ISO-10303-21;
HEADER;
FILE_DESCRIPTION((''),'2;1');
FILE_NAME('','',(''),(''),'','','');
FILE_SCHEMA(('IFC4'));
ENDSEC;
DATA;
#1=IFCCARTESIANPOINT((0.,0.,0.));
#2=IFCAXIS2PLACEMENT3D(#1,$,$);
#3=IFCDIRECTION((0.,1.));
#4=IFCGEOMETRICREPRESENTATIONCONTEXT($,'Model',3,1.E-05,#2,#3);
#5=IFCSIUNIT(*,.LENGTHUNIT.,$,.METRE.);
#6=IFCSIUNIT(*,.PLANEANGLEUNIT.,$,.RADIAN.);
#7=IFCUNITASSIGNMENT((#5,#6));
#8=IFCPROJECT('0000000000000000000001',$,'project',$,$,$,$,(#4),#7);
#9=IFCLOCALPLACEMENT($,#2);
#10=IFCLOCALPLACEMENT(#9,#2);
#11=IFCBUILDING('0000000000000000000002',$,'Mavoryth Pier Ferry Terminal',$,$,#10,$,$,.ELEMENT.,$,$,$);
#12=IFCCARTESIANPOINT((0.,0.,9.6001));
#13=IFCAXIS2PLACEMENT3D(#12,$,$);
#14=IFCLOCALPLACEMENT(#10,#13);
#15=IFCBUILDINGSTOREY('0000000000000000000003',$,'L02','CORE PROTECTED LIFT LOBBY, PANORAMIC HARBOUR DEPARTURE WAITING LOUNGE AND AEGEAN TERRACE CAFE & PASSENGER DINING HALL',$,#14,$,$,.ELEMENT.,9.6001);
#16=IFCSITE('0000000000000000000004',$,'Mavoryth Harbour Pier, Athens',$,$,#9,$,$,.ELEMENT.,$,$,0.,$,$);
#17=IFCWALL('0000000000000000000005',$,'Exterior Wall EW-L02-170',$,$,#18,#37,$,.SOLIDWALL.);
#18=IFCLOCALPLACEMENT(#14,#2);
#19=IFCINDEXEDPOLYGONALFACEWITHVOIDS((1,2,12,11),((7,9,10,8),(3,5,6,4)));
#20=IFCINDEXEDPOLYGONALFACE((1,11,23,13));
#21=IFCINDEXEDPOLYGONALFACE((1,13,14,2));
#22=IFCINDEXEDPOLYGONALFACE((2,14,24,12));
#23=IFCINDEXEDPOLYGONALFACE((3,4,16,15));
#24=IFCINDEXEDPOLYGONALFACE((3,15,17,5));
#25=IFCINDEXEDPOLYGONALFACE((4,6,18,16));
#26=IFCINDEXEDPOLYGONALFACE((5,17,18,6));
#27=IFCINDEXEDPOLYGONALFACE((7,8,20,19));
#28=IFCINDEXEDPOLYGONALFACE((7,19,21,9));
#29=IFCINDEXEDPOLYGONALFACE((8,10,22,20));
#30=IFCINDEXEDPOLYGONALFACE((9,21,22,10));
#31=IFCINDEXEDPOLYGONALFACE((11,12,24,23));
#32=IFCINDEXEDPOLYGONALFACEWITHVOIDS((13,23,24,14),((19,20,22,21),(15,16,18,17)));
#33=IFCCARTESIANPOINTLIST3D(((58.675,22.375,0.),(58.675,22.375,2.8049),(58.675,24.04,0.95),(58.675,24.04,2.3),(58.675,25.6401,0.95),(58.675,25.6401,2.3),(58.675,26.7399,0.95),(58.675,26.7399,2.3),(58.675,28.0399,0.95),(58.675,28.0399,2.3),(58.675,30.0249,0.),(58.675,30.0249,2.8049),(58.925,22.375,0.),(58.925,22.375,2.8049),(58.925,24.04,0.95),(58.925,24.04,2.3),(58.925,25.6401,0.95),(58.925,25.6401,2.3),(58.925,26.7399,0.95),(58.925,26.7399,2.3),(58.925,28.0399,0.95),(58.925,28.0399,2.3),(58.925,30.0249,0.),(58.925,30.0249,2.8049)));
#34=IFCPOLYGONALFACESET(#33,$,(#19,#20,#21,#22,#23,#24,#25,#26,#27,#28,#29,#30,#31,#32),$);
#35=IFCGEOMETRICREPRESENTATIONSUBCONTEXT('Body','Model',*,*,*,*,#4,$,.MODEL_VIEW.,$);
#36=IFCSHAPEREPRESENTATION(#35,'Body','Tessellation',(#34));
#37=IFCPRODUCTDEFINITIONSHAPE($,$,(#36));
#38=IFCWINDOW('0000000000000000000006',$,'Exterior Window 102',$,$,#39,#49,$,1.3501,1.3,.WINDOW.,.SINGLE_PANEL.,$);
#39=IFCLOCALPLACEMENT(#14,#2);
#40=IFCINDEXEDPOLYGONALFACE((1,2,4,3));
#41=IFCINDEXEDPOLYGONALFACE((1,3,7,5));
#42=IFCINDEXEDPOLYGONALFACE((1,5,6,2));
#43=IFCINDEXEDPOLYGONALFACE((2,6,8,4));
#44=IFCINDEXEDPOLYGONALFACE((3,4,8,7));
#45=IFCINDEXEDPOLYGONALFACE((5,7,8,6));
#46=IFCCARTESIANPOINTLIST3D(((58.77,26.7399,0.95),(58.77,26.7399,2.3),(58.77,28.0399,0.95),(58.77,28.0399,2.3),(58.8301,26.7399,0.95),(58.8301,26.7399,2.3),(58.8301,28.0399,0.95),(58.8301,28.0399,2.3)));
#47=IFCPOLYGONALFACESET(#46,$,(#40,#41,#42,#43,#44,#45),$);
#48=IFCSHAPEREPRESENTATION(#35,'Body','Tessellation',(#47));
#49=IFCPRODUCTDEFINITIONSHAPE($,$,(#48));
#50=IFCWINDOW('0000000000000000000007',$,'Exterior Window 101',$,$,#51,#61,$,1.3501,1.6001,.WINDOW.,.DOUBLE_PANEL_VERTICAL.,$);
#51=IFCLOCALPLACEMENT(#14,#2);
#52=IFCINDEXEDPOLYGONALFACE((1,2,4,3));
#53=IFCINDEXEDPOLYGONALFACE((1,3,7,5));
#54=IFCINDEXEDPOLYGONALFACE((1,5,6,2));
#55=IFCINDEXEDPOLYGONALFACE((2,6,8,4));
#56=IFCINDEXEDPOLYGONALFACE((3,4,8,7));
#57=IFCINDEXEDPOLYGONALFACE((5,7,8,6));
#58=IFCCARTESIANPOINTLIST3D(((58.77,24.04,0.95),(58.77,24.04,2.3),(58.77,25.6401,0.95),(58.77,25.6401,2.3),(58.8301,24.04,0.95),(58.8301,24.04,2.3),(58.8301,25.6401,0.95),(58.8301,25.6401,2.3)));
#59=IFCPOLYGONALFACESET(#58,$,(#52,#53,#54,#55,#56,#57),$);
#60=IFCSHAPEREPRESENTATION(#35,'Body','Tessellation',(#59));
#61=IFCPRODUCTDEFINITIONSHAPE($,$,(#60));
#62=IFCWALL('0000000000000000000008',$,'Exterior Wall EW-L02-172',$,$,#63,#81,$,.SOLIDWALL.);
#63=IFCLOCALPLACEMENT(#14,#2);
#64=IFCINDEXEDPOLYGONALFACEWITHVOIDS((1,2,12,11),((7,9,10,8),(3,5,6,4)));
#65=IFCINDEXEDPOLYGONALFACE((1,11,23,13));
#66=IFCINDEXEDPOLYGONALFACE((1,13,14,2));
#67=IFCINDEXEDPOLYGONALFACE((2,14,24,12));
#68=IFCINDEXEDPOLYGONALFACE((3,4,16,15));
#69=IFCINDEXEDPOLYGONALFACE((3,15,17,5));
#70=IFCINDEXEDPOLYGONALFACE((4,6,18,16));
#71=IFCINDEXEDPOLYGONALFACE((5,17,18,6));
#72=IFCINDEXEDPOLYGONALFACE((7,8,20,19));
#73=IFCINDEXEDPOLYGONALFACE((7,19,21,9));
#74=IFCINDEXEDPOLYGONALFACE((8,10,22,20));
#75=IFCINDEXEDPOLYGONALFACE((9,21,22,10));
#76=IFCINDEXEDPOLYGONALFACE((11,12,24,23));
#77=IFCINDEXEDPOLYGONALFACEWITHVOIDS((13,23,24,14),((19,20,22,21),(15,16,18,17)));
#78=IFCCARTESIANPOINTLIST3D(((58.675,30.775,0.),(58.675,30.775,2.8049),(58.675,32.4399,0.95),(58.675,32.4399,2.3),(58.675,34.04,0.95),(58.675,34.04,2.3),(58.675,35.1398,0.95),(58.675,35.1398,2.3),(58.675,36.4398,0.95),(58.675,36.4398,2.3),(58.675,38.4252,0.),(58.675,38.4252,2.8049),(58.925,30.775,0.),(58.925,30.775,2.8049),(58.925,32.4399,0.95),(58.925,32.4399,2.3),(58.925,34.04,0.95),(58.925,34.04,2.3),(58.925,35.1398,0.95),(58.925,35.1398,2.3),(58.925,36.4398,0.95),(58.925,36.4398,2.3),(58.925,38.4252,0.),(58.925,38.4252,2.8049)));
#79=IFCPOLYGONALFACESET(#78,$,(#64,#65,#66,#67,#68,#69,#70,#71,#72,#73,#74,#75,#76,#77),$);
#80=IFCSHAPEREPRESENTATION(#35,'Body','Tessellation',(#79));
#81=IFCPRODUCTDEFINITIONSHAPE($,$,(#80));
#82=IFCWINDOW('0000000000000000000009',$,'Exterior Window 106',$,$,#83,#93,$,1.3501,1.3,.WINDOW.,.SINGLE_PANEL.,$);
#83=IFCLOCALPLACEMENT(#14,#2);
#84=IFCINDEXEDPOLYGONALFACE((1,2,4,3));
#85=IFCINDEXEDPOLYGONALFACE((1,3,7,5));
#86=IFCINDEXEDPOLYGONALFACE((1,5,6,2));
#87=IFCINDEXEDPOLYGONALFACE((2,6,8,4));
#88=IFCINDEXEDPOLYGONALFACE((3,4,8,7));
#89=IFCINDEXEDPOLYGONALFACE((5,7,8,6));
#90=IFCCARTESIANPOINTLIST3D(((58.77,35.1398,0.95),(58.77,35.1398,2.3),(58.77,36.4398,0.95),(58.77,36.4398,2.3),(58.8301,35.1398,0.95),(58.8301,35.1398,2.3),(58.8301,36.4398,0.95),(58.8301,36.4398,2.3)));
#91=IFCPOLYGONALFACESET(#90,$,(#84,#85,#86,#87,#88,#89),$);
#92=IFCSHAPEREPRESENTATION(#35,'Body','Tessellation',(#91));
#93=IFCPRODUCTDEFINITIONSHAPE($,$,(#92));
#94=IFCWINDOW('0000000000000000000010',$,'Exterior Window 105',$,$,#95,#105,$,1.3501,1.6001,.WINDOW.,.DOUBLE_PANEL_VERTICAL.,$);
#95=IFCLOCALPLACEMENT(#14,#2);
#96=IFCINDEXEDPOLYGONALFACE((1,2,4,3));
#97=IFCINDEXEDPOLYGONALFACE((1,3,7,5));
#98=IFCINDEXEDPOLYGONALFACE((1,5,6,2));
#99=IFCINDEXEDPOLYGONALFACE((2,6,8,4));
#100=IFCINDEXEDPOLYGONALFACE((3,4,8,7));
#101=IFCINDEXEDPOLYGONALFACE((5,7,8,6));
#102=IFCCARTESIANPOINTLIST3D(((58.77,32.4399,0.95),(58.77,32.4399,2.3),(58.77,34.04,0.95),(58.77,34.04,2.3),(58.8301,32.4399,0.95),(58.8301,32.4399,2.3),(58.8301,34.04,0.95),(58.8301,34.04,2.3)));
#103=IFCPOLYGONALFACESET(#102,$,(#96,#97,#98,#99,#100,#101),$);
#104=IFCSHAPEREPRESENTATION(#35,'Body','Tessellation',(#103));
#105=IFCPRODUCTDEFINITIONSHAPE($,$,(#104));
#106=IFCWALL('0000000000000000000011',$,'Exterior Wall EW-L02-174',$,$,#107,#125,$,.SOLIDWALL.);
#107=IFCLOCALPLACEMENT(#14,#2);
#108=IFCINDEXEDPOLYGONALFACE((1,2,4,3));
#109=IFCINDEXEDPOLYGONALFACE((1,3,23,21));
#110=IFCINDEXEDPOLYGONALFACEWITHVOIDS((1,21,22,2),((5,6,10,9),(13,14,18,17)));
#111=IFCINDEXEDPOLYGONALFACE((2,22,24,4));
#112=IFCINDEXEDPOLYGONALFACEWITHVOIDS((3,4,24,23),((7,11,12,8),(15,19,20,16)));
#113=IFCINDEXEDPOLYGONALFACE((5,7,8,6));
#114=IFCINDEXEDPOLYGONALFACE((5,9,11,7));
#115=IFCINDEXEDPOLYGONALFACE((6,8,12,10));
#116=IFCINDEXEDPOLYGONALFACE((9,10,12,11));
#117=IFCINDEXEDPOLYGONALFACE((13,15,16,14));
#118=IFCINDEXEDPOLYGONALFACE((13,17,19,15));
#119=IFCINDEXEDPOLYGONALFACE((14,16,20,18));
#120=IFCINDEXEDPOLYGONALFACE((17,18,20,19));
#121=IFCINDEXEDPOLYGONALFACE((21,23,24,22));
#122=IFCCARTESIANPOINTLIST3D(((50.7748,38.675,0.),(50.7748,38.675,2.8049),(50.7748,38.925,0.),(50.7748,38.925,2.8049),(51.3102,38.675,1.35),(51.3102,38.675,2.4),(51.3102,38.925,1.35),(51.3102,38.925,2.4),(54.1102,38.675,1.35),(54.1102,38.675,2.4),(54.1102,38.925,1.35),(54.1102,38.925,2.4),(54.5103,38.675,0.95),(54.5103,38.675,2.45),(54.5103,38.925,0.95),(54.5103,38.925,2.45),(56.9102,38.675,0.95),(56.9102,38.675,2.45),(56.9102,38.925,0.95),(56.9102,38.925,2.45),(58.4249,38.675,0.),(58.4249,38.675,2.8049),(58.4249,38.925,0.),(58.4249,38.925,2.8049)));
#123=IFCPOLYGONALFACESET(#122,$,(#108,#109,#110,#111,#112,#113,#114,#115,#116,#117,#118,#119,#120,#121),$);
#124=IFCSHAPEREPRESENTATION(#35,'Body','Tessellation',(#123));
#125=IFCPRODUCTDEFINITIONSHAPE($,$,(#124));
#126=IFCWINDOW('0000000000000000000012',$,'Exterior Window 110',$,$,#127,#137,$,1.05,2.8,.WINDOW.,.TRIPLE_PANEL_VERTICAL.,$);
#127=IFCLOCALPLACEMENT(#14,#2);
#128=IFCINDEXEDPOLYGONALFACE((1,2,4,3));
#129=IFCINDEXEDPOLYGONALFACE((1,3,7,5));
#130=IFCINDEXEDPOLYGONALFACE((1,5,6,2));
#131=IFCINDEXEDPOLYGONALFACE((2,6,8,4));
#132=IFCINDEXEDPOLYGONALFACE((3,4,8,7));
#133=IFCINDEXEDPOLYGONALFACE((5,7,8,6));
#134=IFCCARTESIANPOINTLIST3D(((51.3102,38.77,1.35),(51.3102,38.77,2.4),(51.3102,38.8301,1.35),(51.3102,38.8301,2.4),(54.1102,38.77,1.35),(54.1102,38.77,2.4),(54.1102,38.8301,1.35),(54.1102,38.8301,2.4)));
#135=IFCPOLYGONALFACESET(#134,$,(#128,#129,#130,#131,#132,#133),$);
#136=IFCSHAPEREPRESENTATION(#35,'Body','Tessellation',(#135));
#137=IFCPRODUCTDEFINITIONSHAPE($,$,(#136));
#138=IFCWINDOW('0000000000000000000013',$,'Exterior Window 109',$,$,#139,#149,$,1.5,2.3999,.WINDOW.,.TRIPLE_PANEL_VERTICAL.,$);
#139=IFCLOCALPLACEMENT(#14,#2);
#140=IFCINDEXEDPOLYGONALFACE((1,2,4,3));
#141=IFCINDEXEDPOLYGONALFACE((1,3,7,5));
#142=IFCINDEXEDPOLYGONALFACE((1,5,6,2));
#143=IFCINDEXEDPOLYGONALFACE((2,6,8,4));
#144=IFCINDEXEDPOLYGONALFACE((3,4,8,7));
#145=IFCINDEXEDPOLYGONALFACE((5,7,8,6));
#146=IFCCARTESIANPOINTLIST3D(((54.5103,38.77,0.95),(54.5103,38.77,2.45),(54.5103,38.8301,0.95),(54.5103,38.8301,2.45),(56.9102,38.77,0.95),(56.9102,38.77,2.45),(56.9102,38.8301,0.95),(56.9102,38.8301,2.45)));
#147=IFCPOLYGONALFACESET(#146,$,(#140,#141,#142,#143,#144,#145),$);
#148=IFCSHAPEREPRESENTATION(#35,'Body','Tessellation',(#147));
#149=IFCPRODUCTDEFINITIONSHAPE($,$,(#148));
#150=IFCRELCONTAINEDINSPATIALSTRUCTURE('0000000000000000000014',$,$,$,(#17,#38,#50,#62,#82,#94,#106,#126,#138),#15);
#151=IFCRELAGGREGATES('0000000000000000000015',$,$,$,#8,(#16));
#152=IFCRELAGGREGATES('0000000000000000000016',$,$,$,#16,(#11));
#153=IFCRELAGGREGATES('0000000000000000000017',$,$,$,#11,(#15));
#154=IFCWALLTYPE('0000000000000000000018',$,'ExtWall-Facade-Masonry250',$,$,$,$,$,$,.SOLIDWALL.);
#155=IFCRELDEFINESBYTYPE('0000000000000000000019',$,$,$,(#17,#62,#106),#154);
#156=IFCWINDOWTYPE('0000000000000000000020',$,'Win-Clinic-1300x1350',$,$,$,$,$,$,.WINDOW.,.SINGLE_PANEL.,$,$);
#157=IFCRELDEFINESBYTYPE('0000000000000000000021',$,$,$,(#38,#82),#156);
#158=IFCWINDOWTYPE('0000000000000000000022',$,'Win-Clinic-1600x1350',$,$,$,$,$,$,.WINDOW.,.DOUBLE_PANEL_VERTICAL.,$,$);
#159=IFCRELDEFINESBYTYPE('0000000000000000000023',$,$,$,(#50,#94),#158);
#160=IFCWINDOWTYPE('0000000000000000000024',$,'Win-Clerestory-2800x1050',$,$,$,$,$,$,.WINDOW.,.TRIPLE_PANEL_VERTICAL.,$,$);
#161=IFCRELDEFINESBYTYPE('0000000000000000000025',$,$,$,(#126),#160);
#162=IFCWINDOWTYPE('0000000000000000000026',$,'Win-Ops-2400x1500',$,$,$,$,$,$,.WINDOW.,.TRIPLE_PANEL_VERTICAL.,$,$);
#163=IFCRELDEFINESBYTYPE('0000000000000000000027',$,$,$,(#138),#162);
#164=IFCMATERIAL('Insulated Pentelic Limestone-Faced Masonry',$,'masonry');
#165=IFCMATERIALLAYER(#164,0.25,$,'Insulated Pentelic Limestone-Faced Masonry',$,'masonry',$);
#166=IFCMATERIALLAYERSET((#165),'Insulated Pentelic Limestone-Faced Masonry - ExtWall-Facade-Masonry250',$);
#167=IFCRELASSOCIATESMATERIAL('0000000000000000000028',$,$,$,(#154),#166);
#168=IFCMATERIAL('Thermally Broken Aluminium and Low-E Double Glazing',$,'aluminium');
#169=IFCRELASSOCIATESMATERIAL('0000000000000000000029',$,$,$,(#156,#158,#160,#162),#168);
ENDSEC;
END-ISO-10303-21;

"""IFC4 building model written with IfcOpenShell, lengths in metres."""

from ifc_helpers import new_model, si_unit, direction, frame, frame_2d, origin, place, context, subcontext, project, spatial, rectangle, extrude, material, layer, layer_set, type_object, element, fill, save


model = new_model("IFC4")

# Units and contexts
model_context = context("Model", 3, precision=1e-05, world=origin(), true_north=direction((0.0, 1.0)))
body_context = subcontext(model_context, "Body", "Model", "MODEL_VIEW")
ifc_project = project(units=[si_unit("LENGTHUNIT", "METRE"), si_unit("PLANEANGLEUNIT", "RADIAN")], contexts=[model_context])

# Site, building, storey
site_placement = place(None, origin())
site = spatial("IfcSite", under=ifc_project, at=site_placement, Name="Mavoryth Harbour Pier, Athens", CompositionType="ELEMENT", RefElevation=0.0)
building_placement = place(site_placement, origin())
building = spatial("IfcBuilding", under=site, at=building_placement, Name="Mavoryth Pier Ferry Terminal", CompositionType="ELEMENT")
storey_placement = place(building_placement, frame((0.0, 0.0, 9.6001)))
storey = spatial("IfcBuildingStorey", under=building, at=storey_placement, Name="L02", Description="CORE PROTECTED LIFT LOBBY, PANORAMIC HARBOUR DEPARTURE WAITING LOUNGE AND AEGEAN TERRACE CAFE & PASSENGER DINING HALL", CompositionType="ELEMENT", Elevation=9.6001)

# Walls, openings, windows
ifc_material_1 = material(Name="Insulated Pentelic Limestone-Faced Masonry", Category="masonry")
ifc_layer = layer(ifc_material_1, 0.25, Name="Insulated Pentelic Limestone-Faced Masonry", Category="masonry")
ifc_layer_set = layer_set([ifc_layer], Name="Insulated Pentelic Limestone-Faced Masonry - ExtWall-Facade-Masonry250")
wall_type = type_object("IfcWallType", Name="ExtWall-Facade-Masonry250", PredefinedType="SOLIDWALL", material=ifc_layer_set)
wall_1_placement = place(storey_placement, frame((58.8, 22.375, 0.0), z_axis=(0.0, 0.0, 1.0), x_axis=(0.0, 1.0, 0.0)))
wall_1 = element("IfcWall", 1, at=wall_1_placement, inside=storey, type_object=wall_type, Name="Exterior Wall EW-L02-170", PredefinedType="SOLIDWALL", context=body_context, shape_type="SweptSolid", body=[
    extrude(rectangle(XDim=7.6499, YDim=0.25, at=frame_2d((3.825, 0.0))), origin(), (0.0, 0.0, 1.0), 2.8049),
])
opening_1_placement = place(wall_1_placement, frame((1.665, 0.0, 0.95)))
opening_1 = element("IfcOpeningElement", 2, at=opening_1_placement, cuts=wall_1, PredefinedType="OPENING", context=body_context, shape_type="SweptSolid", body=[
    extrude(rectangle(XDim=1.6001, YDim=1.3501, at=frame_2d((0.8, 0.675))), frame((0.0, 0.135, 0.0), z_axis=(0.0, -1.0, 0.0), x_axis=(1.0, 0.0, 0.0)), (0.0, 0.0, 1.0), 0.27),
])
opening_2_placement = place(wall_1_placement, frame((4.365, 0.0, 0.95)))
opening_2 = element("IfcOpeningElement", 3, at=opening_2_placement, cuts=wall_1, PredefinedType="OPENING", context=body_context, shape_type="SweptSolid", body=[
    extrude(rectangle(XDim=1.3, YDim=1.3501, at=frame_2d((0.6499, 0.675))), frame((0.0, 0.135, 0.0), z_axis=(0.0, -1.0, 0.0), x_axis=(1.0, 0.0, 0.0)), (0.0, 0.0, 1.0), 0.27),
])
ifc_material_2 = material(Name="Thermally Broken Aluminium and Low-E Double Glazing", Category="aluminium")
window_type_1 = type_object("IfcWindowType", Name="Win-Clinic-1300x1350", PartitioningType="SINGLE_PANEL", PredefinedType="WINDOW", material=ifc_material_2)
window_1_placement = place(opening_2_placement, origin())
window_1 = element("IfcWindow", 4, at=window_1_placement, inside=storey, type_object=window_type_1, Name="Exterior Window 102", OverallHeight=1.3501, OverallWidth=1.3, PartitioningType="SINGLE_PANEL", PredefinedType="WINDOW", context=body_context, shape_type="SweptSolid", body=[
    extrude(rectangle(XDim=1.3, YDim=1.3501, at=frame_2d((0.6499, 0.675))), frame((0.0, 0.03, 0.0), z_axis=(0.0, -1.0, 0.0), x_axis=(1.0, 0.0, 0.0)), (0.0, 0.0, 1.0), 0.0601),
])
fill(opening_2, window_1)
window_type_2 = type_object("IfcWindowType", Name="Win-Clinic-1600x1350", PartitioningType="DOUBLE_PANEL_VERTICAL", PredefinedType="WINDOW", material=ifc_material_2)
window_2_placement = place(opening_1_placement, origin())
window_2 = element("IfcWindow", 5, at=window_2_placement, inside=storey, type_object=window_type_2, Name="Exterior Window 101", OverallHeight=1.3501, OverallWidth=1.6001, PartitioningType="DOUBLE_PANEL_VERTICAL", PredefinedType="WINDOW", context=body_context, shape_type="SweptSolid", body=[
    extrude(rectangle(XDim=1.6001, YDim=1.3501, at=frame_2d((0.8, 0.675))), frame((0.0, 0.03, 0.0), z_axis=(0.0, -1.0, 0.0), x_axis=(1.0, 0.0, 0.0)), (0.0, 0.0, 1.0), 0.0601),
])
fill(opening_1, window_2)
wall_2_placement = place(storey_placement, frame((58.8, 30.7749, 0.0), z_axis=(0.0, 0.0, 1.0), x_axis=(0.0, 1.0, 0.0)))
wall_2 = element("IfcWall", 6, at=wall_2_placement, inside=storey, type_object=wall_type, Name="Exterior Wall EW-L02-172", PredefinedType="SOLIDWALL", context=body_context, shape_type="SweptSolid", body=[
    extrude(rectangle(XDim=7.6501, YDim=0.25, at=frame_2d((3.8252, 0.0))), origin(), (0.0, 0.0, 1.0), 2.8049),
])
opening_3_placement = place(wall_2_placement, frame((1.665, 0.0, 0.95)))
opening_3 = element("IfcOpeningElement", 7, at=opening_3_placement, cuts=wall_2, PredefinedType="OPENING", context=body_context, shape_type="SweptSolid", body=[
    extrude(rectangle(XDim=1.6001, YDim=1.3501, at=frame_2d((0.8, 0.675))), frame((0.0, 0.135, 0.0), z_axis=(0.0, -1.0, 0.0), x_axis=(1.0, 0.0, 0.0)), (0.0, 0.0, 1.0), 0.27),
])
opening_4_placement = place(wall_2_placement, frame((4.365, 0.0, 0.95)))
opening_4 = element("IfcOpeningElement", 8, at=opening_4_placement, cuts=wall_2, PredefinedType="OPENING", context=body_context, shape_type="SweptSolid", body=[
    extrude(rectangle(XDim=1.3, YDim=1.3501, at=frame_2d((0.6499, 0.675))), frame((0.0, 0.135, 0.0), z_axis=(0.0, -1.0, 0.0), x_axis=(1.0, 0.0, 0.0)), (0.0, 0.0, 1.0), 0.27),
])
window_3_placement = place(opening_4_placement, origin())
window_3 = element("IfcWindow", 9, at=window_3_placement, inside=storey, type_object=window_type_1, Name="Exterior Window 106", OverallHeight=1.3501, OverallWidth=1.3, PartitioningType="SINGLE_PANEL", PredefinedType="WINDOW", context=body_context, shape_type="SweptSolid", body=[
    extrude(rectangle(XDim=1.3, YDim=1.3501, at=frame_2d((0.6499, 0.675))), frame((0.0, 0.03, 0.0), z_axis=(0.0, -1.0, 0.0), x_axis=(1.0, 0.0, 0.0)), (0.0, 0.0, 1.0), 0.0601),
])
fill(opening_4, window_3)
window_4_placement = place(opening_3_placement, origin())
window_4 = element("IfcWindow", 10, at=window_4_placement, inside=storey, type_object=window_type_2, Name="Exterior Window 105", OverallHeight=1.3501, OverallWidth=1.6001, PartitioningType="DOUBLE_PANEL_VERTICAL", PredefinedType="WINDOW", context=body_context, shape_type="SweptSolid", body=[
    extrude(rectangle(XDim=1.6001, YDim=1.3501, at=frame_2d((0.8, 0.675))), frame((0.0, 0.03, 0.0), z_axis=(0.0, -1.0, 0.0), x_axis=(1.0, 0.0, 0.0)), (0.0, 0.0, 1.0), 0.0601),
])
fill(opening_3, window_4)
wall_3_placement = place(storey_placement, frame((58.425, 38.8, 0.0), z_axis=(0.0, 0.0, 1.0), x_axis=(-1.0, 0.0, 0.0)))
wall_3 = element("IfcWall", 11, at=wall_3_placement, inside=storey, type_object=wall_type, Name="Exterior Wall EW-L02-174", PredefinedType="SOLIDWALL", context=body_context, shape_type="SweptSolid", body=[
    extrude(rectangle(XDim=7.6501, YDim=0.25, at=frame_2d((3.8252, 0.0))), origin(), (0.0, 0.0, 1.0), 2.8049),
])
opening_5_placement = place(wall_3_placement, frame((1.5149, 0.0, 0.95)))
opening_5 = element("IfcOpeningElement", 12, at=opening_5_placement, cuts=wall_3, PredefinedType="OPENING", context=body_context, shape_type="SweptSolid", body=[
    extrude(rectangle(XDim=2.3999, YDim=1.5, at=frame_2d((1.2, 0.75))), frame((0.0, 0.135, 0.0), z_axis=(0.0, -1.0, 0.0), x_axis=(1.0, 0.0, 0.0)), (0.0, 0.0, 1.0), 0.27),
])
opening_6_placement = place(wall_3_placement, frame((4.3149, 0.0, 1.3501)))
opening_6 = element("IfcOpeningElement", 13, at=opening_6_placement, cuts=wall_3, PredefinedType="OPENING", context=body_context, shape_type="SweptSolid", body=[
    extrude(rectangle(XDim=2.8, YDim=1.05, at=frame_2d((1.3999, 0.5249))), frame((0.0, 0.135, 0.0), z_axis=(0.0, -1.0, 0.0), x_axis=(1.0, 0.0, 0.0)), (0.0, 0.0, 1.0), 0.27),
])
window_type_3 = type_object("IfcWindowType", Name="Win-Clerestory-2800x1050", PartitioningType="TRIPLE_PANEL_VERTICAL", PredefinedType="WINDOW", material=ifc_material_2)
window_5_placement = place(opening_6_placement, origin())
window_5 = element("IfcWindow", 14, at=window_5_placement, inside=storey, type_object=window_type_3, Name="Exterior Window 110", OverallHeight=1.05, OverallWidth=2.8, PartitioningType="TRIPLE_PANEL_VERTICAL", PredefinedType="WINDOW", context=body_context, shape_type="SweptSolid", body=[
    extrude(rectangle(XDim=2.8, YDim=1.05, at=frame_2d((1.3999, 0.5249))), frame((0.0, 0.03, 0.0), z_axis=(0.0, -1.0, 0.0), x_axis=(1.0, 0.0, 0.0)), (0.0, 0.0, 1.0), 0.0601),
])
fill(opening_6, window_5)
window_type_4 = type_object("IfcWindowType", Name="Win-Ops-2400x1500", PartitioningType="TRIPLE_PANEL_VERTICAL", PredefinedType="WINDOW", material=ifc_material_2)
window_6_placement = place(opening_5_placement, origin())
window_6 = element("IfcWindow", 15, at=window_6_placement, inside=storey, type_object=window_type_4, Name="Exterior Window 109", OverallHeight=1.5, OverallWidth=2.3999, PartitioningType="TRIPLE_PANEL_VERTICAL", PredefinedType="WINDOW", context=body_context, shape_type="SweptSolid", body=[
    extrude(rectangle(XDim=2.3999, YDim=1.5, at=frame_2d((1.2, 0.75))), frame((0.0, 0.03, 0.0), z_axis=(0.0, -1.0, 0.0), x_axis=(1.0, 0.0, 0.0)), (0.0, 0.0, 1.0), 0.0601),
])
fill(opening_5, window_6)

save(model, "model.ifc")
